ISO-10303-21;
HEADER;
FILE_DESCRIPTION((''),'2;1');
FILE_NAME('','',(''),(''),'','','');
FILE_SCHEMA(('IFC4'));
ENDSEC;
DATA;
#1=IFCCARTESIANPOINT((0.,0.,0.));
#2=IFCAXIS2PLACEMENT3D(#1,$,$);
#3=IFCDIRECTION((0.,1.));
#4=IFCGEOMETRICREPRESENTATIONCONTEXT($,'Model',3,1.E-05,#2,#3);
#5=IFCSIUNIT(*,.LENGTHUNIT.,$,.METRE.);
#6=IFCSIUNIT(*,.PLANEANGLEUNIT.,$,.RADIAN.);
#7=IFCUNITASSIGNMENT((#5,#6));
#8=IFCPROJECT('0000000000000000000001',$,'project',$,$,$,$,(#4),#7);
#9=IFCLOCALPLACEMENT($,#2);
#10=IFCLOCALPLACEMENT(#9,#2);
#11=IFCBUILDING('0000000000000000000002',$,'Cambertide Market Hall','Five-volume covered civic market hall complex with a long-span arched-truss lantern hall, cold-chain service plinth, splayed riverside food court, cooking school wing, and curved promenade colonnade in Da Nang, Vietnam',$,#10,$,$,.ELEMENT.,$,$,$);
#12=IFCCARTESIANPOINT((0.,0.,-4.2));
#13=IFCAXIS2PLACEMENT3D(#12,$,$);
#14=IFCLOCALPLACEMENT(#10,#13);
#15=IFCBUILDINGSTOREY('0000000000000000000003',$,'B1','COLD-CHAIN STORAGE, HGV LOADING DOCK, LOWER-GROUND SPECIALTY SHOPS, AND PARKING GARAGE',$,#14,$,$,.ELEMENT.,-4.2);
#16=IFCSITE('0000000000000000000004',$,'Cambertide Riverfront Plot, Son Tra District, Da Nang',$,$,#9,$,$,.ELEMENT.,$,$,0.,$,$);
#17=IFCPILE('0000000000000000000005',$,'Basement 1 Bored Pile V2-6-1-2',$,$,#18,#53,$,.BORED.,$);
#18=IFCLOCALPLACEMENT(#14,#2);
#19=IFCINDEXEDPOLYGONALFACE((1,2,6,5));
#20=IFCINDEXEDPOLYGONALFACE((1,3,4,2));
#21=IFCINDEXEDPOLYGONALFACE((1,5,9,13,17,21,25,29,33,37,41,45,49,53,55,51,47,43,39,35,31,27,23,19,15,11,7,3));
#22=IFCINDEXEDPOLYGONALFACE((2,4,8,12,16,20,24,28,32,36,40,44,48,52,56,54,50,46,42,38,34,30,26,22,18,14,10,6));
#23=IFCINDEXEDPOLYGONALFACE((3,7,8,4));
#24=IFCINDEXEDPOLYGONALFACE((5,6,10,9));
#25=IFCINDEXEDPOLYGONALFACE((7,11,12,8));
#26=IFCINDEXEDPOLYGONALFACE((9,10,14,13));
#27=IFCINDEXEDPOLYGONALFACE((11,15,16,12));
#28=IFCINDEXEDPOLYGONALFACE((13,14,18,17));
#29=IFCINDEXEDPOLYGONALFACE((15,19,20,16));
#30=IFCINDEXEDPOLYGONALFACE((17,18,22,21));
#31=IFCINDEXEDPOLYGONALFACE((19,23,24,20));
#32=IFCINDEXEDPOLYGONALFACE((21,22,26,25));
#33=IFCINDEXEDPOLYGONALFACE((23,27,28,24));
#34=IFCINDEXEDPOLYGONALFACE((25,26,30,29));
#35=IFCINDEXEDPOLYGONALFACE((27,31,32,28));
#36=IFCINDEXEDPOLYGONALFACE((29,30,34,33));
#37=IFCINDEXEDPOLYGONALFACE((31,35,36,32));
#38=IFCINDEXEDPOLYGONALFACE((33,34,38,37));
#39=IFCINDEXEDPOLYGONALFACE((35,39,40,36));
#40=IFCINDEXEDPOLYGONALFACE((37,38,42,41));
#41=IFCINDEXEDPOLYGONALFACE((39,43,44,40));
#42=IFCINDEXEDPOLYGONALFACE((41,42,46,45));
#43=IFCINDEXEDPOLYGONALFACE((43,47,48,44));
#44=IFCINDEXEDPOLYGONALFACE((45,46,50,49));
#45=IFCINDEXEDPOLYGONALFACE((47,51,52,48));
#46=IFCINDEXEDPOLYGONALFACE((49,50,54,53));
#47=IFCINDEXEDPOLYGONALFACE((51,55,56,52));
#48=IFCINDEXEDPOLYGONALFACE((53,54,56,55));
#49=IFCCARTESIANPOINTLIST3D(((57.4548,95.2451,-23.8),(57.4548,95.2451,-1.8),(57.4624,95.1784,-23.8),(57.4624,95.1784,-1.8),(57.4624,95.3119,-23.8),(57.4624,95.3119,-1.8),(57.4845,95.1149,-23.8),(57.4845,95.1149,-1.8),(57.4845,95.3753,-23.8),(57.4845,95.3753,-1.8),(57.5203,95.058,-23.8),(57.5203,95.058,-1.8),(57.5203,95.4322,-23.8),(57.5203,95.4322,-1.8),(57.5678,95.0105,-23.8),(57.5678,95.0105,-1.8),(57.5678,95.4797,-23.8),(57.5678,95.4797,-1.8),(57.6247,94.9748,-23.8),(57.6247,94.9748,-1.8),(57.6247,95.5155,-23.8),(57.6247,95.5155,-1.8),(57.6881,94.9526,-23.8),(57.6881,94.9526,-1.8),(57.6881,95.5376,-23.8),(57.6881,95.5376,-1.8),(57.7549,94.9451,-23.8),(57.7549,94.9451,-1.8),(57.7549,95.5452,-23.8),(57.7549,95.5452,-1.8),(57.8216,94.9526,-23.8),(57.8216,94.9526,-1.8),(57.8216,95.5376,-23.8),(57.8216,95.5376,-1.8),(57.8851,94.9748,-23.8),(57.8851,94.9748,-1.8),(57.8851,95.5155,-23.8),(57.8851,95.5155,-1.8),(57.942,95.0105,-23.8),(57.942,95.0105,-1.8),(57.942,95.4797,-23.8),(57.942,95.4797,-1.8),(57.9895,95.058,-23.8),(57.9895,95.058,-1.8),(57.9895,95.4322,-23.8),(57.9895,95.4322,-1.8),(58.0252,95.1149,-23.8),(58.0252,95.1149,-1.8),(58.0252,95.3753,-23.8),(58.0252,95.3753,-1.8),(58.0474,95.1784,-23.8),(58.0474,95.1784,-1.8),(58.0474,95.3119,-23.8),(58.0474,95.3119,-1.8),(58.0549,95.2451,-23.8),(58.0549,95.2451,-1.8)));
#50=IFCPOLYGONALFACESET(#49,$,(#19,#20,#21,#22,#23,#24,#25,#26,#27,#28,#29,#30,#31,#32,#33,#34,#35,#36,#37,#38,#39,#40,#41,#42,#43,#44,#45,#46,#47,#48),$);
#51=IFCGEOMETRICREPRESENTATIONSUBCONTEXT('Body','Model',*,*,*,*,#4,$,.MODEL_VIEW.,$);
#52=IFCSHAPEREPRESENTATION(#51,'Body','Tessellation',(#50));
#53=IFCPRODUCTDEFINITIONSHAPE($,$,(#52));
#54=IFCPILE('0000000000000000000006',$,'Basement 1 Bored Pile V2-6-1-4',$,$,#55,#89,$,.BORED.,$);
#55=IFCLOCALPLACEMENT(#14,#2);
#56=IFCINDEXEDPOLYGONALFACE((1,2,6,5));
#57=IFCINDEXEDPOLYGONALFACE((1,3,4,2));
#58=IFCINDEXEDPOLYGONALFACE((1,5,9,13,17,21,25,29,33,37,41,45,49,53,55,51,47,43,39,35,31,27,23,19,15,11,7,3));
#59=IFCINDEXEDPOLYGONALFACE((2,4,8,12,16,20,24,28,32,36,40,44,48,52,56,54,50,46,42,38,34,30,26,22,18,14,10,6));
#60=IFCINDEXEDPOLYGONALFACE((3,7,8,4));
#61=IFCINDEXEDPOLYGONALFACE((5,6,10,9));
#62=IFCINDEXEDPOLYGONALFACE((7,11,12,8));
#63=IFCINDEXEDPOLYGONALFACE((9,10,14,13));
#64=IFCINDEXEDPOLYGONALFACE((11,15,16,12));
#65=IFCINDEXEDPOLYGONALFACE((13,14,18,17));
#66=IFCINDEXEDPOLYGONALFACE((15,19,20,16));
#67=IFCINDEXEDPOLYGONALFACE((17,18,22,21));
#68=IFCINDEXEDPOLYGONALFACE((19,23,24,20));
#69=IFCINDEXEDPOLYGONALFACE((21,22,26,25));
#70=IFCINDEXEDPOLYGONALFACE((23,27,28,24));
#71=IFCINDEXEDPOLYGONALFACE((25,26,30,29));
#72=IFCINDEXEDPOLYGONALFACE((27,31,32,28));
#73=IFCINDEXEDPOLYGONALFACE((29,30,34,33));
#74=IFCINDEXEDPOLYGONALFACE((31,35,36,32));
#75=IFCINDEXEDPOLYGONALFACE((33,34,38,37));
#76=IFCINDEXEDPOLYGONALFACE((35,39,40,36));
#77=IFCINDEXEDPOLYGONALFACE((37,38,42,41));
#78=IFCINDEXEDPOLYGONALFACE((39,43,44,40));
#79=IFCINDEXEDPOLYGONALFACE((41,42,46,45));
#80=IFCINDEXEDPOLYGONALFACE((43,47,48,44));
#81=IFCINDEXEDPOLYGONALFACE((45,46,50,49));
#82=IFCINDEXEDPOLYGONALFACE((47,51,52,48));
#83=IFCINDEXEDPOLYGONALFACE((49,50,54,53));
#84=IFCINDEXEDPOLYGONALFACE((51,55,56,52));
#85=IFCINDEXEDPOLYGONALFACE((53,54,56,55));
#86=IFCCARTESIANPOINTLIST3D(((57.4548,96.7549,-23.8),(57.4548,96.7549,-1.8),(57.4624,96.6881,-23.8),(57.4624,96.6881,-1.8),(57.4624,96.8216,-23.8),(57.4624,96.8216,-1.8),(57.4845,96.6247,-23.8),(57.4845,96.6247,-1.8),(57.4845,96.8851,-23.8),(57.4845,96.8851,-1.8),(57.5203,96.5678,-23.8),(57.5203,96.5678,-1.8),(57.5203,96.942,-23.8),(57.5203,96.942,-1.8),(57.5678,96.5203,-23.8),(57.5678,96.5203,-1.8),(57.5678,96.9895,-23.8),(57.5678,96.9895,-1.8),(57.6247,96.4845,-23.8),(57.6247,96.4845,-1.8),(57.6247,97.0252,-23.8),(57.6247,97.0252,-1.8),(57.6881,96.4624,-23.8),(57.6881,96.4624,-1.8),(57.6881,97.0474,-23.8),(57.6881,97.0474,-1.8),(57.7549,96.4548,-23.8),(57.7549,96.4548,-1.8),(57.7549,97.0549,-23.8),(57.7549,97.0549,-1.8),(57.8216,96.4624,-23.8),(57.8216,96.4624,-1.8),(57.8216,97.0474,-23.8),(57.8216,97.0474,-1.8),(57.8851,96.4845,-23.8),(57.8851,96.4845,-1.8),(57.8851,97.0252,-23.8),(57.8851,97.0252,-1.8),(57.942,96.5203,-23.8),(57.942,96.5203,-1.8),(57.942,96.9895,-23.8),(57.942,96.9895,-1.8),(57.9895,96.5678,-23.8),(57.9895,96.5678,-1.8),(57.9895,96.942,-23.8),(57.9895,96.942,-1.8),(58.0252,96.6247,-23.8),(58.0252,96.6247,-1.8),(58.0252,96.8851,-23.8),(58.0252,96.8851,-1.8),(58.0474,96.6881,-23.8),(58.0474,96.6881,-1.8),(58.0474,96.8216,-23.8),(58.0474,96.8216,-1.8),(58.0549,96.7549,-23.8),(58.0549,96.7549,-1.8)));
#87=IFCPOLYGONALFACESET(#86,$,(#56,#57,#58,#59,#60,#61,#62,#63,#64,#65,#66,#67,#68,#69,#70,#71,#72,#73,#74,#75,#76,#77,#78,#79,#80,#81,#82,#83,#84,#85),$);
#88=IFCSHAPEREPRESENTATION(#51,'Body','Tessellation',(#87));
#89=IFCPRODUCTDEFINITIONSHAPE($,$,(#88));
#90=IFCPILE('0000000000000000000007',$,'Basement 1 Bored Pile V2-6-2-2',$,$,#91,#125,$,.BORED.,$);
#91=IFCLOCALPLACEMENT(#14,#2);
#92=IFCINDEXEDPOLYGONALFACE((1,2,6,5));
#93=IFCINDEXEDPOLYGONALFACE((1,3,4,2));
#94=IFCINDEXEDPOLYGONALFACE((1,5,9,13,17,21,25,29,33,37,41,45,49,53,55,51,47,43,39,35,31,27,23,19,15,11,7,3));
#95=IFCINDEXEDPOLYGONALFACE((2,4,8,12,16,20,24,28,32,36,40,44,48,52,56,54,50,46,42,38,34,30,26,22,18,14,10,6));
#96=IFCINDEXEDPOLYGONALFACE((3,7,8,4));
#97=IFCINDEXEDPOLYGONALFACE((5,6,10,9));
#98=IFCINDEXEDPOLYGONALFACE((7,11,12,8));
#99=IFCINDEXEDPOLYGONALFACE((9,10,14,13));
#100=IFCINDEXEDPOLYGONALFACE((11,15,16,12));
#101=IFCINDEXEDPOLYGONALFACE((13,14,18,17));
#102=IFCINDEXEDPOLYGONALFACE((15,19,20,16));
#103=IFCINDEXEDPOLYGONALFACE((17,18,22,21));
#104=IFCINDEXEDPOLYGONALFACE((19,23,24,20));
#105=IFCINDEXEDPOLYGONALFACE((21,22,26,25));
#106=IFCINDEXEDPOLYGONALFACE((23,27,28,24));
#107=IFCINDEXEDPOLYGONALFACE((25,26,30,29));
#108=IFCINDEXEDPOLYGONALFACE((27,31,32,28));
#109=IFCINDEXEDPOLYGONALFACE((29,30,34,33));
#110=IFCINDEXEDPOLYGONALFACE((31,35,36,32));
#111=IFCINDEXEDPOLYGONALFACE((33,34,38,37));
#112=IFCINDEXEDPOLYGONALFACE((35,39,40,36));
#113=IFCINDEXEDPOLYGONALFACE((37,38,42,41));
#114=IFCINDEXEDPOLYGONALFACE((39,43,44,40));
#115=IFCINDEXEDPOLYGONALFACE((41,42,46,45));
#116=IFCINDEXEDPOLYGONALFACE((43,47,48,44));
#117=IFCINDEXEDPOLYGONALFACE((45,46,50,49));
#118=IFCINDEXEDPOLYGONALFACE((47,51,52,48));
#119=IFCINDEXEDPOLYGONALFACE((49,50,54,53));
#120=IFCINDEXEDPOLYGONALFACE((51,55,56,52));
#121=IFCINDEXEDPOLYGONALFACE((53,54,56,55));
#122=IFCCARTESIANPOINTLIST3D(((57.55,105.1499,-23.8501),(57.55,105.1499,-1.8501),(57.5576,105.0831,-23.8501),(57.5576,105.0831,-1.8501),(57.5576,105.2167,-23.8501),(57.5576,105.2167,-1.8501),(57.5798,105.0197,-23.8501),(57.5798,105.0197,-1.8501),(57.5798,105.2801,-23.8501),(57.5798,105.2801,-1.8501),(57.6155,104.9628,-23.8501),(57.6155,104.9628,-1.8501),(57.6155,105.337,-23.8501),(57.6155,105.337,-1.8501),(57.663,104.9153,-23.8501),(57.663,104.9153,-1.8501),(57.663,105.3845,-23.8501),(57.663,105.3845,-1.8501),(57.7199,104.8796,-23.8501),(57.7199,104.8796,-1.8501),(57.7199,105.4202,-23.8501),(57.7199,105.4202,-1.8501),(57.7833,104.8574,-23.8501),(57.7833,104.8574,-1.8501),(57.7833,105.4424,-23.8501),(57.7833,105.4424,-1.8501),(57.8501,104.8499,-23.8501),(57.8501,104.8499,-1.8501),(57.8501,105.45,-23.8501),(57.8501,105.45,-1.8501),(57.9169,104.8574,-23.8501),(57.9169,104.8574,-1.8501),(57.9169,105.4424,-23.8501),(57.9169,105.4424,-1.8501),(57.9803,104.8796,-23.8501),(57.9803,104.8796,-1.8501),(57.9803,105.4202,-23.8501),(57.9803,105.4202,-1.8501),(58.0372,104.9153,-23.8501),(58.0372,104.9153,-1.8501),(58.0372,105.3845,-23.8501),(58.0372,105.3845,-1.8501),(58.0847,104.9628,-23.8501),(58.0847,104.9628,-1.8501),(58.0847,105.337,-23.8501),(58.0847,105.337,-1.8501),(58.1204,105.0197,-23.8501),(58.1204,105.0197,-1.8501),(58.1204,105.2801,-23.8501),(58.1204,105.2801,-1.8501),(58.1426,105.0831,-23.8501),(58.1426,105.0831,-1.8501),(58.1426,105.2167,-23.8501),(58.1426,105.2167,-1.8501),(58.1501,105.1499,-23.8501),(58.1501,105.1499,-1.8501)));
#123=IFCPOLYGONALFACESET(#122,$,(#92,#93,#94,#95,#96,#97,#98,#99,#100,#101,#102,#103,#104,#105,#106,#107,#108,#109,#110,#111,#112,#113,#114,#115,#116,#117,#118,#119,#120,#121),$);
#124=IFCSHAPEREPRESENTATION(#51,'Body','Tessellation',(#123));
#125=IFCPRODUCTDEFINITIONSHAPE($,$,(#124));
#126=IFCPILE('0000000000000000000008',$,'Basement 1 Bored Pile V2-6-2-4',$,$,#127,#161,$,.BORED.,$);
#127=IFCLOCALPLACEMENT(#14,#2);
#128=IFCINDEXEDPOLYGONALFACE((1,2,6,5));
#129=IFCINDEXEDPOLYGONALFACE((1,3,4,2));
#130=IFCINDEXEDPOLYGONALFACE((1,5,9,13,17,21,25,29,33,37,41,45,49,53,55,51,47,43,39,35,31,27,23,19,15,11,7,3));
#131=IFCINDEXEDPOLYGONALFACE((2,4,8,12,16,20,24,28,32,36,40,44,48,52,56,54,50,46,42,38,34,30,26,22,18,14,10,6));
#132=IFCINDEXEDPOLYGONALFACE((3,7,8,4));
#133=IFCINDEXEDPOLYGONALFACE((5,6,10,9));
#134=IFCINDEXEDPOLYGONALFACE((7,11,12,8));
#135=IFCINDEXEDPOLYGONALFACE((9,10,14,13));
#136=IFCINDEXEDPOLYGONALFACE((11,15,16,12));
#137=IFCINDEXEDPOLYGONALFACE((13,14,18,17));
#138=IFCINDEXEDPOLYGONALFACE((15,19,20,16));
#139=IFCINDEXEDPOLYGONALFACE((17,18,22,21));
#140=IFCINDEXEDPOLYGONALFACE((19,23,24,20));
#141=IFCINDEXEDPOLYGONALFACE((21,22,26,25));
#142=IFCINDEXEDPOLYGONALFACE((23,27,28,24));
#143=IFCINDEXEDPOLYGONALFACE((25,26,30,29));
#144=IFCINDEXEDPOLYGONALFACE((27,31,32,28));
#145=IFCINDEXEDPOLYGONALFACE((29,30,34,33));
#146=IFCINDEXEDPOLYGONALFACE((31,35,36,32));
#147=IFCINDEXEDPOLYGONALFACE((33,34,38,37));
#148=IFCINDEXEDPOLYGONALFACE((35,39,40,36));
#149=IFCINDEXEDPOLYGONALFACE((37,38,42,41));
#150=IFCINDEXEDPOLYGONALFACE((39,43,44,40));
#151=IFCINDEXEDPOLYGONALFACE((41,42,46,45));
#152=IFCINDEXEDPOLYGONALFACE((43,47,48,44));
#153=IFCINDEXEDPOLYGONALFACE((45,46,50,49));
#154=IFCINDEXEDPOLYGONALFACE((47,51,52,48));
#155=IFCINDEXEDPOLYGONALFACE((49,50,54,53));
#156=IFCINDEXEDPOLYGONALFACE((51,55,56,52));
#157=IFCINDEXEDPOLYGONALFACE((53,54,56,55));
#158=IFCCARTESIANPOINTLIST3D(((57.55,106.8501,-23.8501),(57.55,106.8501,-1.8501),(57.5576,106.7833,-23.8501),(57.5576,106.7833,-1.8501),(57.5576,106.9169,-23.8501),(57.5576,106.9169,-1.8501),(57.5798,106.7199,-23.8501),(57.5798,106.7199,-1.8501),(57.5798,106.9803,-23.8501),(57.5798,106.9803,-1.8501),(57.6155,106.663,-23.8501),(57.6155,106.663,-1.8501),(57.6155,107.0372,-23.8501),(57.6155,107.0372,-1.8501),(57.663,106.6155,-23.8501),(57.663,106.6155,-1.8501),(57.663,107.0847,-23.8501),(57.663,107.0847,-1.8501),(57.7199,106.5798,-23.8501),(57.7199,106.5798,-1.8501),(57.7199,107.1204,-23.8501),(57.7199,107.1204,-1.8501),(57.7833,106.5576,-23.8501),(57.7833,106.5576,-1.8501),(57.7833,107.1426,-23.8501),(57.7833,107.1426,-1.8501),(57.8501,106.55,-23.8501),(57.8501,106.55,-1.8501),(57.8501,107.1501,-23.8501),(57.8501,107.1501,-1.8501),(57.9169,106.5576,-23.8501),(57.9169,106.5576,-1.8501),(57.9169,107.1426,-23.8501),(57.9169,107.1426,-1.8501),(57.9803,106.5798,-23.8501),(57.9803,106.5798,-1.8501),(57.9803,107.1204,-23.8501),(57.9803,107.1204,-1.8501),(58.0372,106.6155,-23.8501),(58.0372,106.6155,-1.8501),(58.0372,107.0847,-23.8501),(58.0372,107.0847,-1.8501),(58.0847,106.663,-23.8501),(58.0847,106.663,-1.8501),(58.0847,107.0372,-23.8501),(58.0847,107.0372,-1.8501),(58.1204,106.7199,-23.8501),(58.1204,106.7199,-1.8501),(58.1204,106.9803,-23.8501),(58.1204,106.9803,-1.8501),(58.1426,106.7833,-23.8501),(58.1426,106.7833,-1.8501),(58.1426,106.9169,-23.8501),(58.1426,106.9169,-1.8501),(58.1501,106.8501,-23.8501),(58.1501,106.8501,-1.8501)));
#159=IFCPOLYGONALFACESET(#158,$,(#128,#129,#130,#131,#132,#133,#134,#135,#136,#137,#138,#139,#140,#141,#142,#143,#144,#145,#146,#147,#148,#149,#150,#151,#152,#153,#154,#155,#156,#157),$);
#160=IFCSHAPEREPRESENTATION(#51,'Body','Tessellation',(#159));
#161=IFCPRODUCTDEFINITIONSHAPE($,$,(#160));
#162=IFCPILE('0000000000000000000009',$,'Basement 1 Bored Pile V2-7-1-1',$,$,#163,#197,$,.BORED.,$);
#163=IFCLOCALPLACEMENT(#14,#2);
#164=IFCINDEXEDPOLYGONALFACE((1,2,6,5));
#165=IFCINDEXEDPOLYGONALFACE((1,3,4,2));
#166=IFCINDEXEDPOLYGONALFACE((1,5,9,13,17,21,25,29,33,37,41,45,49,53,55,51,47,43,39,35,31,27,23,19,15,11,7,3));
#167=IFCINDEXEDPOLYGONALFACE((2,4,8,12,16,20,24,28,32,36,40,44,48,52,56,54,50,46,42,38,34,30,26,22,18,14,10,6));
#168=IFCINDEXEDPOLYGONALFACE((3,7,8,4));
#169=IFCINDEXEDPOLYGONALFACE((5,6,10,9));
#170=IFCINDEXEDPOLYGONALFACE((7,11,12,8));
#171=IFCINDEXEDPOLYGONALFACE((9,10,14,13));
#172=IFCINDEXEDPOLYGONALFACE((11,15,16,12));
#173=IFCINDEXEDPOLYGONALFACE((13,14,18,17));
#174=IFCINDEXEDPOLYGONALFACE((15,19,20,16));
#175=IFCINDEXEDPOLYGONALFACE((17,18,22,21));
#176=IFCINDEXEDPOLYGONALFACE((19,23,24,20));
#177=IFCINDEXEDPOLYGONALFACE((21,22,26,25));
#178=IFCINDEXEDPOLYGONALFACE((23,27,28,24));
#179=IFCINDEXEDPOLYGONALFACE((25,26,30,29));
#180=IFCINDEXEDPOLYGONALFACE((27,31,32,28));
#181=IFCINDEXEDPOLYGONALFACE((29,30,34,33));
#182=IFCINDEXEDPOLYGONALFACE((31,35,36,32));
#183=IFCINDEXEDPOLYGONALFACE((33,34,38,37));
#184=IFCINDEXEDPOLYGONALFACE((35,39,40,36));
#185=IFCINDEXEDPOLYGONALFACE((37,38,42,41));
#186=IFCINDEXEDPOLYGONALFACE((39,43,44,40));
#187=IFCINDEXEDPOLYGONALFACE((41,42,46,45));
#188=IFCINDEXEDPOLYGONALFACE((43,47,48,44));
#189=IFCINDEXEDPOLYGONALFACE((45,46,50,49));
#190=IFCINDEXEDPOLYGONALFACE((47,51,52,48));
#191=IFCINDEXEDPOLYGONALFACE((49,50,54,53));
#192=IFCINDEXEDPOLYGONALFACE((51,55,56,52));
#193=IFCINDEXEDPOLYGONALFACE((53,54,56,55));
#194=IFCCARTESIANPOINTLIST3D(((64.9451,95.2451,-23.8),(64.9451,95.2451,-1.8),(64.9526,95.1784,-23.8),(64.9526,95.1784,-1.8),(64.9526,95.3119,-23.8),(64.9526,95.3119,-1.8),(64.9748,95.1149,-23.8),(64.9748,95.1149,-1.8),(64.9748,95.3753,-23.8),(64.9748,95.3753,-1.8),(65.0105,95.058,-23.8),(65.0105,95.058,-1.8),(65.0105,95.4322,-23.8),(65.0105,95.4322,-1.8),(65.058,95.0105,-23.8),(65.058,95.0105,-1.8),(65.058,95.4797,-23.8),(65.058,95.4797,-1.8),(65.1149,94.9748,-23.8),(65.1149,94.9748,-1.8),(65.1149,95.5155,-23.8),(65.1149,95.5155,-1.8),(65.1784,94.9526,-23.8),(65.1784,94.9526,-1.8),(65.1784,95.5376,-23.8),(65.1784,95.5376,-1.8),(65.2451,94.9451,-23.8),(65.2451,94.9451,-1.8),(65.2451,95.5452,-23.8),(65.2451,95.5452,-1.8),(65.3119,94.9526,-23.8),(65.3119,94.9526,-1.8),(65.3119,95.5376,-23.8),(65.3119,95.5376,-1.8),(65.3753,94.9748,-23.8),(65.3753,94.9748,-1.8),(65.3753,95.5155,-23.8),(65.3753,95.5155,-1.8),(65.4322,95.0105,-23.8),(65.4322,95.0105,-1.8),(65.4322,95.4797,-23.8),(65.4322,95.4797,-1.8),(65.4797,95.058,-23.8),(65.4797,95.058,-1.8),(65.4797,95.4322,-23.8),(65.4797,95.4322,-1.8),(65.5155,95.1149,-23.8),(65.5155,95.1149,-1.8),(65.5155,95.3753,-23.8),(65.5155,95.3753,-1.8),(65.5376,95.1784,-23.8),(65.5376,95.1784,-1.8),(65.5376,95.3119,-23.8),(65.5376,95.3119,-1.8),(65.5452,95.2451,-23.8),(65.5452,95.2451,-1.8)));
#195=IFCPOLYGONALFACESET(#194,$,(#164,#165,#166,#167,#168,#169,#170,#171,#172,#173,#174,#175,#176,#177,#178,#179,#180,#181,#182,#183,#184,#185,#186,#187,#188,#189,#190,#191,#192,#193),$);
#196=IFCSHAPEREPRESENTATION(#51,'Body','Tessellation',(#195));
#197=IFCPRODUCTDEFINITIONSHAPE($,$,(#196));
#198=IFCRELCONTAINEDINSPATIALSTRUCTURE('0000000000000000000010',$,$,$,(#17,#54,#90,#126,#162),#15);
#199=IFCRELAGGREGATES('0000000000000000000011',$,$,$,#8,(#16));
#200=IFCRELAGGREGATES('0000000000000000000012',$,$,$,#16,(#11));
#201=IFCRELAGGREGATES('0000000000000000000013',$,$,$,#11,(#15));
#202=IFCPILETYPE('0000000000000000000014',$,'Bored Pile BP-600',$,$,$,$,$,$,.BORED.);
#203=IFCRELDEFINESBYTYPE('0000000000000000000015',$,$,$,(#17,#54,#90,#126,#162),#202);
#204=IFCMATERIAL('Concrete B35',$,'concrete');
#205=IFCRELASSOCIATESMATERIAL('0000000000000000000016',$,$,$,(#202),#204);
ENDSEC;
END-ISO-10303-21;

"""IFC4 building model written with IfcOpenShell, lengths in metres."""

from ifc_helpers import new_model, si_unit, direction, frame, origin, origin_2d, place, context, subcontext, project, spatial, circle, extrude, material, material_profile, profile_set, type_object, element, save


model = new_model("IFC4")

# Units and contexts
model_context = context("Model", 3, precision=1e-05, world=origin(), true_north=direction((0.0, 1.0)))
body_context = subcontext(model_context, "Body", "Model", "MODEL_VIEW")
ifc_project = project(units=[si_unit("LENGTHUNIT", "METRE"), si_unit("PLANEANGLEUNIT", "RADIAN")], contexts=[model_context])

# Site, building, storey
site_placement = place(None, origin())
site = spatial("IfcSite", under=ifc_project, at=site_placement, Name="Cambertide Riverfront Plot, Son Tra District, Da Nang", CompositionType="ELEMENT", RefElevation=0.0)
building_placement = place(site_placement, origin())
building = spatial("IfcBuilding", under=site, at=building_placement, Name="Cambertide Market Hall", Description="Five-volume covered civic market hall complex with a long-span arched-truss lantern hall, cold-chain service plinth, splayed riverside food court, cooking school wing, and curved promenade colonnade in Da Nang, Vietnam", CompositionType="ELEMENT")
storey_placement = place(building_placement, frame((0.0, 0.0, -4.2)))
storey = spatial("IfcBuildingStorey", under=building, at=storey_placement, Name="B1", Description="COLD-CHAIN STORAGE, HGV LOADING DOCK, LOWER-GROUND SPECIALTY SHOPS, AND PARKING GARAGE", CompositionType="ELEMENT", Elevation=-4.2)

# Piles
ifc_material_1 = material(Name="Concrete B35", Category="concrete")
ifc_material_profile_1 = material_profile(ifc_material_1, circle(Radius=0.3, at=origin_2d()), Name="BP D600")
ifc_profile_set_1 = profile_set([ifc_material_profile_1], Name="Concrete B35")
pile_type = type_object("IfcPileType", Name="Bored Pile BP-600", PredefinedType="BORED", material=ifc_profile_set_1)
for number, where, z_axis, x_axis, name in (
    (1, (57.7549, 95.2451, -1.8), (0.0, 0.0, -1.0), (1.0, 0.0, 0.0), "Basement 1 Bored Pile V2-6-1-2"),
    (2, (57.7549, 96.7549, -1.8), (0.0, 0.0, -1.0), (1.0, 0.0, 0.0), "Basement 1 Bored Pile V2-6-1-4"),
    (3, (57.8501, 105.1499, -1.8501), (0.0, 0.0, -1.0), (1.0, 0.0, 0.0), "Basement 1 Bored Pile V2-6-2-2"),
    (4, (57.8501, 106.8501, -1.8501), (0.0, 0.0, -1.0), (1.0, 0.0, 0.0), "Basement 1 Bored Pile V2-6-2-4"),
    (5, (65.2451, 95.2451, -1.8), (0.0, 0.0, -1.0), (1.0, 0.0, 0.0), "Basement 1 Bored Pile V2-7-1-1"),
):
    element("IfcPile", number, at=place(storey_placement, frame(where, z_axis=z_axis, x_axis=x_axis)), inside=storey, type_object=pile_type, Name=name, PredefinedType="BORED", context=body_context, shape_type="SweptSolid", body=[
        extrude(circle(Radius=0.3, at=origin_2d()), origin(), (0.0, 0.0, 1.0), 22.0),
    ])

save(model, "model.ifc")
